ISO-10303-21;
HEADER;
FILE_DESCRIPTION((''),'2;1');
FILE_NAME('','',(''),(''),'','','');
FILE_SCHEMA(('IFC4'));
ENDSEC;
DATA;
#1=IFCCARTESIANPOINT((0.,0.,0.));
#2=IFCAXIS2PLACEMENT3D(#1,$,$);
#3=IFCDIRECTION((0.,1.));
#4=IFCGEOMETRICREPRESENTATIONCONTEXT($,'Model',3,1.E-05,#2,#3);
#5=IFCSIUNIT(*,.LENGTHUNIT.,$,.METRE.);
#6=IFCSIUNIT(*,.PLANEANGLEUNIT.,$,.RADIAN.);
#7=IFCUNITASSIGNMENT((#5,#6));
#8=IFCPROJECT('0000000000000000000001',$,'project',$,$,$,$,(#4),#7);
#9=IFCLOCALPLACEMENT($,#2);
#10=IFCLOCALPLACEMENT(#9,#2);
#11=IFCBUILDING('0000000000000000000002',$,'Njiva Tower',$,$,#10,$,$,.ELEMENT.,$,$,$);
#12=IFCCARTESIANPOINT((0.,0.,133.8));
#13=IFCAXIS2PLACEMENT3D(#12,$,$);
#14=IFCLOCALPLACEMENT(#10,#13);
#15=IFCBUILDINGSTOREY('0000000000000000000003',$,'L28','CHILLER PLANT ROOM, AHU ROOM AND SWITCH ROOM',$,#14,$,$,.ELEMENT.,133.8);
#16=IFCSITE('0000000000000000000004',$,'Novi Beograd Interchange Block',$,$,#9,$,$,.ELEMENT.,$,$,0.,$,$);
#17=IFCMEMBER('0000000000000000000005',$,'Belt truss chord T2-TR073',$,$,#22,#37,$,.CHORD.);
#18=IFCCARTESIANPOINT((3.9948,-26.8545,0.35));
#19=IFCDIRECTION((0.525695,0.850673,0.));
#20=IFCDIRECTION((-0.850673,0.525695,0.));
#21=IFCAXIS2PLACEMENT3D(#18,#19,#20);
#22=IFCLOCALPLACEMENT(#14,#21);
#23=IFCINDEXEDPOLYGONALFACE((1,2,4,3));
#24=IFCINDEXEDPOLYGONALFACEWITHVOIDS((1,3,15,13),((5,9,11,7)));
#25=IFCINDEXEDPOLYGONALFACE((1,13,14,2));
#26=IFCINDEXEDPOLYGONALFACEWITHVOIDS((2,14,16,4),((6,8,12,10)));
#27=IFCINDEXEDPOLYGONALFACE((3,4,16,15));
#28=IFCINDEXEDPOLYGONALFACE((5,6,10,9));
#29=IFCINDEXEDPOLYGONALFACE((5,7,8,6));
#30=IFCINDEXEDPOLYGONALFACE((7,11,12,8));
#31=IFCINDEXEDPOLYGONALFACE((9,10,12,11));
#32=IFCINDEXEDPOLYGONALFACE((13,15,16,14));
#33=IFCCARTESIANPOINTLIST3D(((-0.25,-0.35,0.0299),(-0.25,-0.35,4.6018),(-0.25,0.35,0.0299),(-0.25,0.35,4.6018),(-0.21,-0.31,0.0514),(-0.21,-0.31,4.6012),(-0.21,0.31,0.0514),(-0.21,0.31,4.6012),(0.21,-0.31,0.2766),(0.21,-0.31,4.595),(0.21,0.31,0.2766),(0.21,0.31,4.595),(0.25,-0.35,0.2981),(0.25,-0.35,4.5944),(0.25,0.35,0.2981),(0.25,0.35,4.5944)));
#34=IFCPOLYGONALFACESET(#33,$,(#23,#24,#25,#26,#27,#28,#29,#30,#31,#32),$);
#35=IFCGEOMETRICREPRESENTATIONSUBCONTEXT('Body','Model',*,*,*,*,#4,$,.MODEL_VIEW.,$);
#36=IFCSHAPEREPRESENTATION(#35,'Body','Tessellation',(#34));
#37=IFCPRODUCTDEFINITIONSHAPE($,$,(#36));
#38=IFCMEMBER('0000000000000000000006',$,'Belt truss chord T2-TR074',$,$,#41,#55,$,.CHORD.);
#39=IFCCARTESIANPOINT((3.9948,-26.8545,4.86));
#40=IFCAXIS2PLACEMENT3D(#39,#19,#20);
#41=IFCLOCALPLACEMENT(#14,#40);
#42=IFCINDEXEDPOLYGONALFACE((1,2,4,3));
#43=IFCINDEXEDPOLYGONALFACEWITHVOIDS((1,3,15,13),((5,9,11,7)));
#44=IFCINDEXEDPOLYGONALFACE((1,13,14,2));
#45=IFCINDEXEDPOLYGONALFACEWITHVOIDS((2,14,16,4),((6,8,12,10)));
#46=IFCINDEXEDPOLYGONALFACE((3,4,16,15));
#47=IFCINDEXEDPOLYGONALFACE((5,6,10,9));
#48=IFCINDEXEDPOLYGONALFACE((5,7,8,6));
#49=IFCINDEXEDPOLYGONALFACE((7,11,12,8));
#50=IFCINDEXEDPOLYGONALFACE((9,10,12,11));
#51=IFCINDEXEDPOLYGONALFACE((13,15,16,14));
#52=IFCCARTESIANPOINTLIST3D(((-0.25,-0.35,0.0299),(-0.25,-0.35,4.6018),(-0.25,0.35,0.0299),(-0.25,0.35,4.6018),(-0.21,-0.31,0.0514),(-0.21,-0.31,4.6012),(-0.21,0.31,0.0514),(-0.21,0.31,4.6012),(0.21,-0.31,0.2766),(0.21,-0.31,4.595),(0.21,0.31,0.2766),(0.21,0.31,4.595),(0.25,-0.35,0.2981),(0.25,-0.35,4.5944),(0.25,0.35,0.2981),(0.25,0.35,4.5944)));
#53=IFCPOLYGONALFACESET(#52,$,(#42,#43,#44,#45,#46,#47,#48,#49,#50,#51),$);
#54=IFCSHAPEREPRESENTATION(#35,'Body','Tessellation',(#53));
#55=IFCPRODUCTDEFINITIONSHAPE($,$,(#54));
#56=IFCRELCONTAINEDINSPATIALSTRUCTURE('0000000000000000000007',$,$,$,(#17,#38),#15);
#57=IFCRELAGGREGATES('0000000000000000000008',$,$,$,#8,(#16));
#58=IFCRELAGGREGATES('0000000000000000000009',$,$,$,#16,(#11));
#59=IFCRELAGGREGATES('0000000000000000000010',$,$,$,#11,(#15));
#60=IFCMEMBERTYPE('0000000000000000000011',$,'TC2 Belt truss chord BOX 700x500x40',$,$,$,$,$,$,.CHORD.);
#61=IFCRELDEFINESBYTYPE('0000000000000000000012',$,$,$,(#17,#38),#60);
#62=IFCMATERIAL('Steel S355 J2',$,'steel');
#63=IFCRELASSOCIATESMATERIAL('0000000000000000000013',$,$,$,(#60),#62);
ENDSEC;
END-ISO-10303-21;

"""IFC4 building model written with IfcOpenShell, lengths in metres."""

from ifc_helpers import new_model, si_unit, direction, frame, origin, origin_2d, place, context, subcontext, project, spatial, hollow_rectangle, extrude, clip, halfspace, material, material_profile, profile_set, type_object, element, save


model = new_model("IFC4")

# Units and contexts
model_context = context("Model", 3, precision=1e-05, world=origin(), true_north=direction((0.0, 1.0)))
body_context = subcontext(model_context, "Body", "Model", "MODEL_VIEW")
ifc_project = project(units=[si_unit("LENGTHUNIT", "METRE"), si_unit("PLANEANGLEUNIT", "RADIAN")], contexts=[model_context])

# Site, building, storey
site_placement = place(None, origin())
site = spatial("IfcSite", under=ifc_project, at=site_placement, Name="Novi Beograd Interchange Block", CompositionType="ELEMENT", RefElevation=0.0)
building_placement = place(site_placement, origin())
building = spatial("IfcBuilding", under=site, at=building_placement, Name="Njiva Tower", CompositionType="ELEMENT")
storey_placement = place(building_placement, frame((0.0, 0.0, 133.8)))
storey = spatial("IfcBuildingStorey", under=building, at=storey_placement, Name="L28", Description="CHILLER PLANT ROOM, AHU ROOM AND SWITCH ROOM", CompositionType="ELEMENT", Elevation=133.8)

# Shared definitions
ifc_material_1 = material(Name="Steel S355 J2", Category="steel")

# Members
ifc_material_profile_1 = material_profile(ifc_material_1, hollow_rectangle(XDim=0.5, YDim=0.7, WallThickness=0.04, at=origin_2d()), Name="BOX 700x500x40")
ifc_profile_set_1 = profile_set([ifc_material_profile_1], Name="Steel S355 J2")
member_type_1 = type_object("IfcMemberType", Name="TC2 Belt truss chord BOX 700x500x40", PredefinedType="CHORD", material=ifc_profile_set_1)
member_1_placement = place(storey_placement, frame((3.9948, -26.8545, 0.35), z_axis=(0.525695, 0.850673, 0.0), x_axis=(-0.850673, 0.525695, 0.0)))
element("IfcMember", 1, at=member_1_placement, inside=storey, type_object=member_type_1, Name="Belt truss chord T2-TR073", PredefinedType="CHORD", context=body_context, shape_type="Clipping", body=[
    clip(clip(extrude(hollow_rectangle(XDim=0.5, YDim=0.7, WallThickness=0.04, at=origin_2d()), origin(), (0.0, 0.0, 1.0), 4.6321), halfspace(frame((0.0, -134.15, 0.164), z_axis=(0.472687, 0.0, -0.88123), x_axis=(0.0, -1.0, 0.0)), False)), halfspace(frame((0.0, -134.15, 4.5981), z_axis=(0.014869, 0.0, 0.999889), x_axis=(0.0, 1.0, 0.0)), False)),
])
member_2_placement = place(storey_placement, frame((3.9948, -26.8545, 4.86), z_axis=(0.525695, 0.850673, 0.0), x_axis=(-0.850673, 0.525695, 0.0)))
element("IfcMember", 2, at=member_2_placement, inside=storey, type_object=member_type_1, Name="Belt truss chord T2-TR074", PredefinedType="CHORD", context=body_context, shape_type="Clipping", body=[
    clip(clip(extrude(hollow_rectangle(XDim=0.5, YDim=0.7, WallThickness=0.04, at=origin_2d()), origin(), (0.0, 0.0, 1.0), 4.6321), halfspace(frame((0.0, -138.66, 0.164), z_axis=(0.472687, 0.0, -0.88123), x_axis=(0.0, -1.0, 0.0)), False)), halfspace(frame((0.0, -138.66, 4.5981), z_axis=(0.014869, 0.0, 0.999889), x_axis=(0.0, 1.0, 0.0)), False)),
])

save(model, "model.ifc")
